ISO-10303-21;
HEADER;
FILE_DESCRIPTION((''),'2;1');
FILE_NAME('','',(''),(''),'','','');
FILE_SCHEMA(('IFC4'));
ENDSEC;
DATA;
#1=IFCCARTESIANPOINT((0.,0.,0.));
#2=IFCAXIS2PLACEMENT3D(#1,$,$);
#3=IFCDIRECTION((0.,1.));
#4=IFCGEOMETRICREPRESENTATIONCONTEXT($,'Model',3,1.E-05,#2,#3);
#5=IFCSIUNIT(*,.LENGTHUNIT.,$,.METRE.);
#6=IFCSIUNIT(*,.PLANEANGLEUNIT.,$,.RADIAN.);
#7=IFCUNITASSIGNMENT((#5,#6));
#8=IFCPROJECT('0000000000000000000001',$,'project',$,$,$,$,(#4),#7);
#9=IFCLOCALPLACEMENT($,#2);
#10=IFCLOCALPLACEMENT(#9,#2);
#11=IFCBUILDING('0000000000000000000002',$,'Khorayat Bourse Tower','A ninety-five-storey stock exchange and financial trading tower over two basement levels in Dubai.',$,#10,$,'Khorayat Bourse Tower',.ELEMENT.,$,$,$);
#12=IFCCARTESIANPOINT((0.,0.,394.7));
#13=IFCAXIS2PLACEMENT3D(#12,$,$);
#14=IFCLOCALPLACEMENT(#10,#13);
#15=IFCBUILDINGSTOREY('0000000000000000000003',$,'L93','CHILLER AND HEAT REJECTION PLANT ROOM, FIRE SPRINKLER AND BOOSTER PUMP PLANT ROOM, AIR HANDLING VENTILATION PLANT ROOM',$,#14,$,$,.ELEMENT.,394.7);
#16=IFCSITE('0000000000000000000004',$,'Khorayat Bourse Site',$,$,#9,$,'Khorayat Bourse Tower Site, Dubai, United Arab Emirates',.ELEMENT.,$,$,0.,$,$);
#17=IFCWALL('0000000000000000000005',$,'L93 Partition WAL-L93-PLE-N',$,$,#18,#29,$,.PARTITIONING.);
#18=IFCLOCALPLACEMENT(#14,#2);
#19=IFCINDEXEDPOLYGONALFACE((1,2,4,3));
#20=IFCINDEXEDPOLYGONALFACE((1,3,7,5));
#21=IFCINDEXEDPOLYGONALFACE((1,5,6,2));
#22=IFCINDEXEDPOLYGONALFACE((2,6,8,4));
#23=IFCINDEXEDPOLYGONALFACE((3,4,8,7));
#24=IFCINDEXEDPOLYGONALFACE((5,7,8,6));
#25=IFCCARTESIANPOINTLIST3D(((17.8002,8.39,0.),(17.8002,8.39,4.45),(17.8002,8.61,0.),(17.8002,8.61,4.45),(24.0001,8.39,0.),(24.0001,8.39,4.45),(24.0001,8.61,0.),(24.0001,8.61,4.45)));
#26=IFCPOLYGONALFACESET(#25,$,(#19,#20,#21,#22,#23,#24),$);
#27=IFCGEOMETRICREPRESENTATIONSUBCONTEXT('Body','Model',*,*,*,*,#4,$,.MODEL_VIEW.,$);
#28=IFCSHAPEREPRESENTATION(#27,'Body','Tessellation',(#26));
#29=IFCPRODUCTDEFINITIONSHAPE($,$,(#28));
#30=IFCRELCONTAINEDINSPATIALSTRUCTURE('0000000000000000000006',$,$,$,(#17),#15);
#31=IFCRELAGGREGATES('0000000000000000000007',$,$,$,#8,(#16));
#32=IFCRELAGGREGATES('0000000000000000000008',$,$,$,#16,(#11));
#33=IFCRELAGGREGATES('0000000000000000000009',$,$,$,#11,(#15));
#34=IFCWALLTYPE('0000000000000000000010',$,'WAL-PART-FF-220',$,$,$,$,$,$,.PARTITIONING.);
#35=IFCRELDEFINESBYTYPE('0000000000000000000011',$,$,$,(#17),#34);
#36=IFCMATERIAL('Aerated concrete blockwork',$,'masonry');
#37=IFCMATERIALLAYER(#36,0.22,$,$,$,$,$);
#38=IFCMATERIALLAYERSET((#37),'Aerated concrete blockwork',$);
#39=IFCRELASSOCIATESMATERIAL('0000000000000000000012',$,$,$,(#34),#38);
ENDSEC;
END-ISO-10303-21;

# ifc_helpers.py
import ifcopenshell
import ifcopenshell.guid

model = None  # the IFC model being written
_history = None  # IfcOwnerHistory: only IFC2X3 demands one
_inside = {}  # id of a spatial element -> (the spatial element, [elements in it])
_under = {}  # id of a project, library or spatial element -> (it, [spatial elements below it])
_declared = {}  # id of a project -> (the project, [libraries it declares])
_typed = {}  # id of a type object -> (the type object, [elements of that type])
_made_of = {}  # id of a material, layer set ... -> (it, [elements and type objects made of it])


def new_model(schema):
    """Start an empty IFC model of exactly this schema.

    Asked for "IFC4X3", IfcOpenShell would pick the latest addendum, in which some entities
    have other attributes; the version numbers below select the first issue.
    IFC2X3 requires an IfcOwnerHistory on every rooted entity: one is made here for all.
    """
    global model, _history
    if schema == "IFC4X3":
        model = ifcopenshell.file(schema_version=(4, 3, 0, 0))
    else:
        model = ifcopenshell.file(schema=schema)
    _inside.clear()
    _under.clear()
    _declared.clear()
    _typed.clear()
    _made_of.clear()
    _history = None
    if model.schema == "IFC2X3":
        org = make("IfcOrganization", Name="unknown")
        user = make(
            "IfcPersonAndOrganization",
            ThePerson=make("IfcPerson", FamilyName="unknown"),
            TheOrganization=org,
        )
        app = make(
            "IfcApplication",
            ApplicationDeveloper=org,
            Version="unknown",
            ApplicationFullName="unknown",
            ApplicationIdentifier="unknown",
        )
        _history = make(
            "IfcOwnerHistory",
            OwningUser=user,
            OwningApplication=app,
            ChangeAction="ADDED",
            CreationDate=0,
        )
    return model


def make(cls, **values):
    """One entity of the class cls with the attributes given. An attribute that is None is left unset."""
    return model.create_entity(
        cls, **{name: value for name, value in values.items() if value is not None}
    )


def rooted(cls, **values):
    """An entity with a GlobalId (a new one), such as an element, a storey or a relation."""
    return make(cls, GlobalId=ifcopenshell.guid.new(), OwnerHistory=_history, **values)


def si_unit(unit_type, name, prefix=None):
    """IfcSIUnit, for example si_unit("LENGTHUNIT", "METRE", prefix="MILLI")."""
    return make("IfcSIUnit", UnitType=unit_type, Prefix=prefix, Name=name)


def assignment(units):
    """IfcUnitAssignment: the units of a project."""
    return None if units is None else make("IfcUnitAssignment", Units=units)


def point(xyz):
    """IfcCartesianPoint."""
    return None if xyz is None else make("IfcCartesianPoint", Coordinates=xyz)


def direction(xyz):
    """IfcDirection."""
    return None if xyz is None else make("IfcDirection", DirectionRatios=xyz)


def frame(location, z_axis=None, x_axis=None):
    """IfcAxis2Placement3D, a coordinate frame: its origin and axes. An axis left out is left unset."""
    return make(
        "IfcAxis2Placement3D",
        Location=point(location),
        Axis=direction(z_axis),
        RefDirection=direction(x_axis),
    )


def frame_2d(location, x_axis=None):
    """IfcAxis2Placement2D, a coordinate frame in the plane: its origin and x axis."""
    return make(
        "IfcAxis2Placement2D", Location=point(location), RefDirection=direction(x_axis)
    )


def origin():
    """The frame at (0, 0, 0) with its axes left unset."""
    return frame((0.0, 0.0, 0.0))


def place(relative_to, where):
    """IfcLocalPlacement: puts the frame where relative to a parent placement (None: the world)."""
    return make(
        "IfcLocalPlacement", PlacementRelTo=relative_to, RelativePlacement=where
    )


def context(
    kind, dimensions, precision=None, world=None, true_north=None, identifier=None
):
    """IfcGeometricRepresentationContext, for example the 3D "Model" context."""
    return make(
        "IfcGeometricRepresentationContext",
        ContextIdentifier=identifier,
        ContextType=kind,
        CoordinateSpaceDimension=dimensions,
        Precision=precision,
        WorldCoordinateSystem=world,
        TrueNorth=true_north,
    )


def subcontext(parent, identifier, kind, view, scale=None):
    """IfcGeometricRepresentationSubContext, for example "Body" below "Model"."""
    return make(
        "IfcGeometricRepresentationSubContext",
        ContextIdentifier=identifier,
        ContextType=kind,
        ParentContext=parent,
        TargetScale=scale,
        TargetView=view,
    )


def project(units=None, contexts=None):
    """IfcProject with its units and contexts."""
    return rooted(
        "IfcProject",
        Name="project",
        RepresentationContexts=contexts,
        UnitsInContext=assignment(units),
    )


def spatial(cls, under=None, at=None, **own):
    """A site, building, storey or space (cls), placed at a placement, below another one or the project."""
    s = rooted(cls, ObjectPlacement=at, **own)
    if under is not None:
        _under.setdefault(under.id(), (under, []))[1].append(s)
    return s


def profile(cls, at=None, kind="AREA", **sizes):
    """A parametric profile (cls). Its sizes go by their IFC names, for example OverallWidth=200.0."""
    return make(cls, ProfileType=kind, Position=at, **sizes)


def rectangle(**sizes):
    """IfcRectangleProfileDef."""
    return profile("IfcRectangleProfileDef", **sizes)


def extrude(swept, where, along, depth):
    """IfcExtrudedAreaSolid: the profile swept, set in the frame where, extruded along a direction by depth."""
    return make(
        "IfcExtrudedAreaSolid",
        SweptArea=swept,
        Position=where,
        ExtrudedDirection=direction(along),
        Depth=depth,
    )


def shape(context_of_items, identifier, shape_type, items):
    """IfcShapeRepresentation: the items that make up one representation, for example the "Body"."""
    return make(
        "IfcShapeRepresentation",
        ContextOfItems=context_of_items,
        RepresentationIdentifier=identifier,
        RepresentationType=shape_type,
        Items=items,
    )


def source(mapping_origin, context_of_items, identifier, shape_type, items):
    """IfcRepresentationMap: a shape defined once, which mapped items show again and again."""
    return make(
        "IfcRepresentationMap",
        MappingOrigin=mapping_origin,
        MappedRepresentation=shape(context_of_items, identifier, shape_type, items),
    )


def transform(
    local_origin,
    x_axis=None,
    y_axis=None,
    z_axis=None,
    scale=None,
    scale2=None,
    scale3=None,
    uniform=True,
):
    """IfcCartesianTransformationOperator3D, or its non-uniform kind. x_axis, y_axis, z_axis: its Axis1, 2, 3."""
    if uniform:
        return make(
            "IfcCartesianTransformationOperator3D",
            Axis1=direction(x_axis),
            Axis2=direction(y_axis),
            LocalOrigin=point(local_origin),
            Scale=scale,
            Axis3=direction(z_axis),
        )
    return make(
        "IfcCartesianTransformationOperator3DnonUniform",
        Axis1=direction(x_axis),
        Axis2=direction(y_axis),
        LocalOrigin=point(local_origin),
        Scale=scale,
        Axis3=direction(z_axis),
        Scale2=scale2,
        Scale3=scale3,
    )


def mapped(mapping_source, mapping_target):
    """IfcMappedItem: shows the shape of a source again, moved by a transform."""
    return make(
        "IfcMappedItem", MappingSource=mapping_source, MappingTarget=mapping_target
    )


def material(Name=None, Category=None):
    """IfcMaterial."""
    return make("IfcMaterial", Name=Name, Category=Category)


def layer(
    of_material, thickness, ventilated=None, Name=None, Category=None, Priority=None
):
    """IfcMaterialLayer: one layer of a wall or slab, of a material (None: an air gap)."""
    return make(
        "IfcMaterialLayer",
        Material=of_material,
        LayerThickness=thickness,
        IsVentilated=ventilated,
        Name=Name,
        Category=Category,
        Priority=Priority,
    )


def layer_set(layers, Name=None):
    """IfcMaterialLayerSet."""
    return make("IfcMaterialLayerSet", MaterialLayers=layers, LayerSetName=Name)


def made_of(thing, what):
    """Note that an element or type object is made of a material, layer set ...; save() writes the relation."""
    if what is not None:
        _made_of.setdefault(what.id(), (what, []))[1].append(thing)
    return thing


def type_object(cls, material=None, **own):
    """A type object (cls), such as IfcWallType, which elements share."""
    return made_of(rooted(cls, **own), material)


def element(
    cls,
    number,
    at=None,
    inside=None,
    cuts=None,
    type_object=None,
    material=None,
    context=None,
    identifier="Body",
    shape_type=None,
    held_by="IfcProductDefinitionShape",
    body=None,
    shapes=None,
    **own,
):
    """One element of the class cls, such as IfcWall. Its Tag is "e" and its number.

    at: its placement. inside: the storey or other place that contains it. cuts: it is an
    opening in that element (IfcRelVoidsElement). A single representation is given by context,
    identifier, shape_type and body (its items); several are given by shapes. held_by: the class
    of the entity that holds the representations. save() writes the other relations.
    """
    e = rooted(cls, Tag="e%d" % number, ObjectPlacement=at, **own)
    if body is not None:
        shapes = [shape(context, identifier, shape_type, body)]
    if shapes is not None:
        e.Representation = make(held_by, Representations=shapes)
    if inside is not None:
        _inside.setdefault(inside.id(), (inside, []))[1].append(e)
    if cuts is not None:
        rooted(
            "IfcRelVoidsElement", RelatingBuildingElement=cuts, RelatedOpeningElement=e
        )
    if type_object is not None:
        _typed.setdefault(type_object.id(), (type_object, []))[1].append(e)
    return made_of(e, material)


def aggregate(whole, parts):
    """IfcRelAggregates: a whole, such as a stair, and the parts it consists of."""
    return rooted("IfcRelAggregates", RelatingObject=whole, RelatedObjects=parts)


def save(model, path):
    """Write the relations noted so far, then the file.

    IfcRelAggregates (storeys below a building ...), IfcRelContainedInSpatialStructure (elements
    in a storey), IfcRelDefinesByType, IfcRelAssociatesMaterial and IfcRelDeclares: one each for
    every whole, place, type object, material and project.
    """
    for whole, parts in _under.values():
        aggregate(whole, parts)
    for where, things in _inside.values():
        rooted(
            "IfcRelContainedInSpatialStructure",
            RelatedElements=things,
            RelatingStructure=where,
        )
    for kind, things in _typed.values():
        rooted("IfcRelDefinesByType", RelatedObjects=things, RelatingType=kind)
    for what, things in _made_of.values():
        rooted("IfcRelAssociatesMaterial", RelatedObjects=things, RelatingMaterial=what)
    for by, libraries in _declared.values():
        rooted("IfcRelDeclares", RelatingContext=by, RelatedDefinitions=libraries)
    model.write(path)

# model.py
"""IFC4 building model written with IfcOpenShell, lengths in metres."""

from ifc_helpers import new_model, si_unit, direction, frame, frame_2d, origin, place, context, subcontext, project, spatial, rectangle, extrude, source, transform, mapped, material, layer, layer_set, type_object, element, save


model = new_model("IFC4")

# Units and contexts
model_context = context("Model", 3, precision=1e-05, world=origin(), true_north=direction((0.0, 1.0)))
body_context = subcontext(model_context, "Body", "Model", "MODEL_VIEW")
ifc_project = project(units=[si_unit("LENGTHUNIT", "METRE"), si_unit("PLANEANGLEUNIT", "RADIAN")], contexts=[model_context])

# Site, building, storey
site_placement = place(None, origin())
site = spatial("IfcSite", under=ifc_project, at=site_placement, Name="Khorayat Bourse Site", LongName="Khorayat Bourse Tower Site, Dubai, United Arab Emirates", CompositionType="ELEMENT", RefElevation=0.0)
building_placement = place(site_placement, origin())
building = spatial("IfcBuilding", under=site, at=building_placement, Name="Khorayat Bourse Tower", Description="A ninety-five-storey stock exchange and financial trading tower over two basement levels in Dubai.", LongName="Khorayat Bourse Tower", CompositionType="ELEMENT")
storey_placement = place(building_placement, frame((0.0, 0.0, 394.7)))
storey = spatial("IfcBuildingStorey", under=building, at=storey_placement, Name="L93", Description="CHILLER AND HEAT REJECTION PLANT ROOM, FIRE SPRINKLER AND BOOSTER PUMP PLANT ROOM, AIR HANDLING VENTILATION PLANT ROOM", CompositionType="ELEMENT", Elevation=394.7)

# Wall
ifc_material_1 = material(Name="Aerated concrete blockwork", Category="masonry")
ifc_layer_1 = layer(ifc_material_1, 0.22)
ifc_layer_set_1 = layer_set([ifc_layer_1], Name="Aerated concrete blockwork")
wall_type_1 = type_object("IfcWallType", Name="WAL-PART-FF-220", PredefinedType="PARTITIONING", material=ifc_layer_set_1)
shared_shape_1 = source(origin(), body_context, "Body", "SweptSolid", [
    extrude(rectangle(XDim=6.2, YDim=0.22, at=frame_2d((3.1001, 0.0))), origin(), (0.0, 0.0, 1.0), 4.45),
])
wall_1_placement = place(storey_placement, frame((17.8, 8.5, 0.0), z_axis=(0.0, 0.0, 1.0), x_axis=(1.0, 0.0, 0.0)))
element("IfcWall", 1, at=wall_1_placement, inside=storey, type_object=wall_type_1, Name="L93 Partition WAL-L93-PLE-N", PredefinedType="PARTITIONING", context=body_context, shape_type="MappedRepresentation", body=[
    mapped(shared_shape_1, transform((0.0, 0.0, 0.0), scale=1.0)),
])

save(model, "model.ifc")
